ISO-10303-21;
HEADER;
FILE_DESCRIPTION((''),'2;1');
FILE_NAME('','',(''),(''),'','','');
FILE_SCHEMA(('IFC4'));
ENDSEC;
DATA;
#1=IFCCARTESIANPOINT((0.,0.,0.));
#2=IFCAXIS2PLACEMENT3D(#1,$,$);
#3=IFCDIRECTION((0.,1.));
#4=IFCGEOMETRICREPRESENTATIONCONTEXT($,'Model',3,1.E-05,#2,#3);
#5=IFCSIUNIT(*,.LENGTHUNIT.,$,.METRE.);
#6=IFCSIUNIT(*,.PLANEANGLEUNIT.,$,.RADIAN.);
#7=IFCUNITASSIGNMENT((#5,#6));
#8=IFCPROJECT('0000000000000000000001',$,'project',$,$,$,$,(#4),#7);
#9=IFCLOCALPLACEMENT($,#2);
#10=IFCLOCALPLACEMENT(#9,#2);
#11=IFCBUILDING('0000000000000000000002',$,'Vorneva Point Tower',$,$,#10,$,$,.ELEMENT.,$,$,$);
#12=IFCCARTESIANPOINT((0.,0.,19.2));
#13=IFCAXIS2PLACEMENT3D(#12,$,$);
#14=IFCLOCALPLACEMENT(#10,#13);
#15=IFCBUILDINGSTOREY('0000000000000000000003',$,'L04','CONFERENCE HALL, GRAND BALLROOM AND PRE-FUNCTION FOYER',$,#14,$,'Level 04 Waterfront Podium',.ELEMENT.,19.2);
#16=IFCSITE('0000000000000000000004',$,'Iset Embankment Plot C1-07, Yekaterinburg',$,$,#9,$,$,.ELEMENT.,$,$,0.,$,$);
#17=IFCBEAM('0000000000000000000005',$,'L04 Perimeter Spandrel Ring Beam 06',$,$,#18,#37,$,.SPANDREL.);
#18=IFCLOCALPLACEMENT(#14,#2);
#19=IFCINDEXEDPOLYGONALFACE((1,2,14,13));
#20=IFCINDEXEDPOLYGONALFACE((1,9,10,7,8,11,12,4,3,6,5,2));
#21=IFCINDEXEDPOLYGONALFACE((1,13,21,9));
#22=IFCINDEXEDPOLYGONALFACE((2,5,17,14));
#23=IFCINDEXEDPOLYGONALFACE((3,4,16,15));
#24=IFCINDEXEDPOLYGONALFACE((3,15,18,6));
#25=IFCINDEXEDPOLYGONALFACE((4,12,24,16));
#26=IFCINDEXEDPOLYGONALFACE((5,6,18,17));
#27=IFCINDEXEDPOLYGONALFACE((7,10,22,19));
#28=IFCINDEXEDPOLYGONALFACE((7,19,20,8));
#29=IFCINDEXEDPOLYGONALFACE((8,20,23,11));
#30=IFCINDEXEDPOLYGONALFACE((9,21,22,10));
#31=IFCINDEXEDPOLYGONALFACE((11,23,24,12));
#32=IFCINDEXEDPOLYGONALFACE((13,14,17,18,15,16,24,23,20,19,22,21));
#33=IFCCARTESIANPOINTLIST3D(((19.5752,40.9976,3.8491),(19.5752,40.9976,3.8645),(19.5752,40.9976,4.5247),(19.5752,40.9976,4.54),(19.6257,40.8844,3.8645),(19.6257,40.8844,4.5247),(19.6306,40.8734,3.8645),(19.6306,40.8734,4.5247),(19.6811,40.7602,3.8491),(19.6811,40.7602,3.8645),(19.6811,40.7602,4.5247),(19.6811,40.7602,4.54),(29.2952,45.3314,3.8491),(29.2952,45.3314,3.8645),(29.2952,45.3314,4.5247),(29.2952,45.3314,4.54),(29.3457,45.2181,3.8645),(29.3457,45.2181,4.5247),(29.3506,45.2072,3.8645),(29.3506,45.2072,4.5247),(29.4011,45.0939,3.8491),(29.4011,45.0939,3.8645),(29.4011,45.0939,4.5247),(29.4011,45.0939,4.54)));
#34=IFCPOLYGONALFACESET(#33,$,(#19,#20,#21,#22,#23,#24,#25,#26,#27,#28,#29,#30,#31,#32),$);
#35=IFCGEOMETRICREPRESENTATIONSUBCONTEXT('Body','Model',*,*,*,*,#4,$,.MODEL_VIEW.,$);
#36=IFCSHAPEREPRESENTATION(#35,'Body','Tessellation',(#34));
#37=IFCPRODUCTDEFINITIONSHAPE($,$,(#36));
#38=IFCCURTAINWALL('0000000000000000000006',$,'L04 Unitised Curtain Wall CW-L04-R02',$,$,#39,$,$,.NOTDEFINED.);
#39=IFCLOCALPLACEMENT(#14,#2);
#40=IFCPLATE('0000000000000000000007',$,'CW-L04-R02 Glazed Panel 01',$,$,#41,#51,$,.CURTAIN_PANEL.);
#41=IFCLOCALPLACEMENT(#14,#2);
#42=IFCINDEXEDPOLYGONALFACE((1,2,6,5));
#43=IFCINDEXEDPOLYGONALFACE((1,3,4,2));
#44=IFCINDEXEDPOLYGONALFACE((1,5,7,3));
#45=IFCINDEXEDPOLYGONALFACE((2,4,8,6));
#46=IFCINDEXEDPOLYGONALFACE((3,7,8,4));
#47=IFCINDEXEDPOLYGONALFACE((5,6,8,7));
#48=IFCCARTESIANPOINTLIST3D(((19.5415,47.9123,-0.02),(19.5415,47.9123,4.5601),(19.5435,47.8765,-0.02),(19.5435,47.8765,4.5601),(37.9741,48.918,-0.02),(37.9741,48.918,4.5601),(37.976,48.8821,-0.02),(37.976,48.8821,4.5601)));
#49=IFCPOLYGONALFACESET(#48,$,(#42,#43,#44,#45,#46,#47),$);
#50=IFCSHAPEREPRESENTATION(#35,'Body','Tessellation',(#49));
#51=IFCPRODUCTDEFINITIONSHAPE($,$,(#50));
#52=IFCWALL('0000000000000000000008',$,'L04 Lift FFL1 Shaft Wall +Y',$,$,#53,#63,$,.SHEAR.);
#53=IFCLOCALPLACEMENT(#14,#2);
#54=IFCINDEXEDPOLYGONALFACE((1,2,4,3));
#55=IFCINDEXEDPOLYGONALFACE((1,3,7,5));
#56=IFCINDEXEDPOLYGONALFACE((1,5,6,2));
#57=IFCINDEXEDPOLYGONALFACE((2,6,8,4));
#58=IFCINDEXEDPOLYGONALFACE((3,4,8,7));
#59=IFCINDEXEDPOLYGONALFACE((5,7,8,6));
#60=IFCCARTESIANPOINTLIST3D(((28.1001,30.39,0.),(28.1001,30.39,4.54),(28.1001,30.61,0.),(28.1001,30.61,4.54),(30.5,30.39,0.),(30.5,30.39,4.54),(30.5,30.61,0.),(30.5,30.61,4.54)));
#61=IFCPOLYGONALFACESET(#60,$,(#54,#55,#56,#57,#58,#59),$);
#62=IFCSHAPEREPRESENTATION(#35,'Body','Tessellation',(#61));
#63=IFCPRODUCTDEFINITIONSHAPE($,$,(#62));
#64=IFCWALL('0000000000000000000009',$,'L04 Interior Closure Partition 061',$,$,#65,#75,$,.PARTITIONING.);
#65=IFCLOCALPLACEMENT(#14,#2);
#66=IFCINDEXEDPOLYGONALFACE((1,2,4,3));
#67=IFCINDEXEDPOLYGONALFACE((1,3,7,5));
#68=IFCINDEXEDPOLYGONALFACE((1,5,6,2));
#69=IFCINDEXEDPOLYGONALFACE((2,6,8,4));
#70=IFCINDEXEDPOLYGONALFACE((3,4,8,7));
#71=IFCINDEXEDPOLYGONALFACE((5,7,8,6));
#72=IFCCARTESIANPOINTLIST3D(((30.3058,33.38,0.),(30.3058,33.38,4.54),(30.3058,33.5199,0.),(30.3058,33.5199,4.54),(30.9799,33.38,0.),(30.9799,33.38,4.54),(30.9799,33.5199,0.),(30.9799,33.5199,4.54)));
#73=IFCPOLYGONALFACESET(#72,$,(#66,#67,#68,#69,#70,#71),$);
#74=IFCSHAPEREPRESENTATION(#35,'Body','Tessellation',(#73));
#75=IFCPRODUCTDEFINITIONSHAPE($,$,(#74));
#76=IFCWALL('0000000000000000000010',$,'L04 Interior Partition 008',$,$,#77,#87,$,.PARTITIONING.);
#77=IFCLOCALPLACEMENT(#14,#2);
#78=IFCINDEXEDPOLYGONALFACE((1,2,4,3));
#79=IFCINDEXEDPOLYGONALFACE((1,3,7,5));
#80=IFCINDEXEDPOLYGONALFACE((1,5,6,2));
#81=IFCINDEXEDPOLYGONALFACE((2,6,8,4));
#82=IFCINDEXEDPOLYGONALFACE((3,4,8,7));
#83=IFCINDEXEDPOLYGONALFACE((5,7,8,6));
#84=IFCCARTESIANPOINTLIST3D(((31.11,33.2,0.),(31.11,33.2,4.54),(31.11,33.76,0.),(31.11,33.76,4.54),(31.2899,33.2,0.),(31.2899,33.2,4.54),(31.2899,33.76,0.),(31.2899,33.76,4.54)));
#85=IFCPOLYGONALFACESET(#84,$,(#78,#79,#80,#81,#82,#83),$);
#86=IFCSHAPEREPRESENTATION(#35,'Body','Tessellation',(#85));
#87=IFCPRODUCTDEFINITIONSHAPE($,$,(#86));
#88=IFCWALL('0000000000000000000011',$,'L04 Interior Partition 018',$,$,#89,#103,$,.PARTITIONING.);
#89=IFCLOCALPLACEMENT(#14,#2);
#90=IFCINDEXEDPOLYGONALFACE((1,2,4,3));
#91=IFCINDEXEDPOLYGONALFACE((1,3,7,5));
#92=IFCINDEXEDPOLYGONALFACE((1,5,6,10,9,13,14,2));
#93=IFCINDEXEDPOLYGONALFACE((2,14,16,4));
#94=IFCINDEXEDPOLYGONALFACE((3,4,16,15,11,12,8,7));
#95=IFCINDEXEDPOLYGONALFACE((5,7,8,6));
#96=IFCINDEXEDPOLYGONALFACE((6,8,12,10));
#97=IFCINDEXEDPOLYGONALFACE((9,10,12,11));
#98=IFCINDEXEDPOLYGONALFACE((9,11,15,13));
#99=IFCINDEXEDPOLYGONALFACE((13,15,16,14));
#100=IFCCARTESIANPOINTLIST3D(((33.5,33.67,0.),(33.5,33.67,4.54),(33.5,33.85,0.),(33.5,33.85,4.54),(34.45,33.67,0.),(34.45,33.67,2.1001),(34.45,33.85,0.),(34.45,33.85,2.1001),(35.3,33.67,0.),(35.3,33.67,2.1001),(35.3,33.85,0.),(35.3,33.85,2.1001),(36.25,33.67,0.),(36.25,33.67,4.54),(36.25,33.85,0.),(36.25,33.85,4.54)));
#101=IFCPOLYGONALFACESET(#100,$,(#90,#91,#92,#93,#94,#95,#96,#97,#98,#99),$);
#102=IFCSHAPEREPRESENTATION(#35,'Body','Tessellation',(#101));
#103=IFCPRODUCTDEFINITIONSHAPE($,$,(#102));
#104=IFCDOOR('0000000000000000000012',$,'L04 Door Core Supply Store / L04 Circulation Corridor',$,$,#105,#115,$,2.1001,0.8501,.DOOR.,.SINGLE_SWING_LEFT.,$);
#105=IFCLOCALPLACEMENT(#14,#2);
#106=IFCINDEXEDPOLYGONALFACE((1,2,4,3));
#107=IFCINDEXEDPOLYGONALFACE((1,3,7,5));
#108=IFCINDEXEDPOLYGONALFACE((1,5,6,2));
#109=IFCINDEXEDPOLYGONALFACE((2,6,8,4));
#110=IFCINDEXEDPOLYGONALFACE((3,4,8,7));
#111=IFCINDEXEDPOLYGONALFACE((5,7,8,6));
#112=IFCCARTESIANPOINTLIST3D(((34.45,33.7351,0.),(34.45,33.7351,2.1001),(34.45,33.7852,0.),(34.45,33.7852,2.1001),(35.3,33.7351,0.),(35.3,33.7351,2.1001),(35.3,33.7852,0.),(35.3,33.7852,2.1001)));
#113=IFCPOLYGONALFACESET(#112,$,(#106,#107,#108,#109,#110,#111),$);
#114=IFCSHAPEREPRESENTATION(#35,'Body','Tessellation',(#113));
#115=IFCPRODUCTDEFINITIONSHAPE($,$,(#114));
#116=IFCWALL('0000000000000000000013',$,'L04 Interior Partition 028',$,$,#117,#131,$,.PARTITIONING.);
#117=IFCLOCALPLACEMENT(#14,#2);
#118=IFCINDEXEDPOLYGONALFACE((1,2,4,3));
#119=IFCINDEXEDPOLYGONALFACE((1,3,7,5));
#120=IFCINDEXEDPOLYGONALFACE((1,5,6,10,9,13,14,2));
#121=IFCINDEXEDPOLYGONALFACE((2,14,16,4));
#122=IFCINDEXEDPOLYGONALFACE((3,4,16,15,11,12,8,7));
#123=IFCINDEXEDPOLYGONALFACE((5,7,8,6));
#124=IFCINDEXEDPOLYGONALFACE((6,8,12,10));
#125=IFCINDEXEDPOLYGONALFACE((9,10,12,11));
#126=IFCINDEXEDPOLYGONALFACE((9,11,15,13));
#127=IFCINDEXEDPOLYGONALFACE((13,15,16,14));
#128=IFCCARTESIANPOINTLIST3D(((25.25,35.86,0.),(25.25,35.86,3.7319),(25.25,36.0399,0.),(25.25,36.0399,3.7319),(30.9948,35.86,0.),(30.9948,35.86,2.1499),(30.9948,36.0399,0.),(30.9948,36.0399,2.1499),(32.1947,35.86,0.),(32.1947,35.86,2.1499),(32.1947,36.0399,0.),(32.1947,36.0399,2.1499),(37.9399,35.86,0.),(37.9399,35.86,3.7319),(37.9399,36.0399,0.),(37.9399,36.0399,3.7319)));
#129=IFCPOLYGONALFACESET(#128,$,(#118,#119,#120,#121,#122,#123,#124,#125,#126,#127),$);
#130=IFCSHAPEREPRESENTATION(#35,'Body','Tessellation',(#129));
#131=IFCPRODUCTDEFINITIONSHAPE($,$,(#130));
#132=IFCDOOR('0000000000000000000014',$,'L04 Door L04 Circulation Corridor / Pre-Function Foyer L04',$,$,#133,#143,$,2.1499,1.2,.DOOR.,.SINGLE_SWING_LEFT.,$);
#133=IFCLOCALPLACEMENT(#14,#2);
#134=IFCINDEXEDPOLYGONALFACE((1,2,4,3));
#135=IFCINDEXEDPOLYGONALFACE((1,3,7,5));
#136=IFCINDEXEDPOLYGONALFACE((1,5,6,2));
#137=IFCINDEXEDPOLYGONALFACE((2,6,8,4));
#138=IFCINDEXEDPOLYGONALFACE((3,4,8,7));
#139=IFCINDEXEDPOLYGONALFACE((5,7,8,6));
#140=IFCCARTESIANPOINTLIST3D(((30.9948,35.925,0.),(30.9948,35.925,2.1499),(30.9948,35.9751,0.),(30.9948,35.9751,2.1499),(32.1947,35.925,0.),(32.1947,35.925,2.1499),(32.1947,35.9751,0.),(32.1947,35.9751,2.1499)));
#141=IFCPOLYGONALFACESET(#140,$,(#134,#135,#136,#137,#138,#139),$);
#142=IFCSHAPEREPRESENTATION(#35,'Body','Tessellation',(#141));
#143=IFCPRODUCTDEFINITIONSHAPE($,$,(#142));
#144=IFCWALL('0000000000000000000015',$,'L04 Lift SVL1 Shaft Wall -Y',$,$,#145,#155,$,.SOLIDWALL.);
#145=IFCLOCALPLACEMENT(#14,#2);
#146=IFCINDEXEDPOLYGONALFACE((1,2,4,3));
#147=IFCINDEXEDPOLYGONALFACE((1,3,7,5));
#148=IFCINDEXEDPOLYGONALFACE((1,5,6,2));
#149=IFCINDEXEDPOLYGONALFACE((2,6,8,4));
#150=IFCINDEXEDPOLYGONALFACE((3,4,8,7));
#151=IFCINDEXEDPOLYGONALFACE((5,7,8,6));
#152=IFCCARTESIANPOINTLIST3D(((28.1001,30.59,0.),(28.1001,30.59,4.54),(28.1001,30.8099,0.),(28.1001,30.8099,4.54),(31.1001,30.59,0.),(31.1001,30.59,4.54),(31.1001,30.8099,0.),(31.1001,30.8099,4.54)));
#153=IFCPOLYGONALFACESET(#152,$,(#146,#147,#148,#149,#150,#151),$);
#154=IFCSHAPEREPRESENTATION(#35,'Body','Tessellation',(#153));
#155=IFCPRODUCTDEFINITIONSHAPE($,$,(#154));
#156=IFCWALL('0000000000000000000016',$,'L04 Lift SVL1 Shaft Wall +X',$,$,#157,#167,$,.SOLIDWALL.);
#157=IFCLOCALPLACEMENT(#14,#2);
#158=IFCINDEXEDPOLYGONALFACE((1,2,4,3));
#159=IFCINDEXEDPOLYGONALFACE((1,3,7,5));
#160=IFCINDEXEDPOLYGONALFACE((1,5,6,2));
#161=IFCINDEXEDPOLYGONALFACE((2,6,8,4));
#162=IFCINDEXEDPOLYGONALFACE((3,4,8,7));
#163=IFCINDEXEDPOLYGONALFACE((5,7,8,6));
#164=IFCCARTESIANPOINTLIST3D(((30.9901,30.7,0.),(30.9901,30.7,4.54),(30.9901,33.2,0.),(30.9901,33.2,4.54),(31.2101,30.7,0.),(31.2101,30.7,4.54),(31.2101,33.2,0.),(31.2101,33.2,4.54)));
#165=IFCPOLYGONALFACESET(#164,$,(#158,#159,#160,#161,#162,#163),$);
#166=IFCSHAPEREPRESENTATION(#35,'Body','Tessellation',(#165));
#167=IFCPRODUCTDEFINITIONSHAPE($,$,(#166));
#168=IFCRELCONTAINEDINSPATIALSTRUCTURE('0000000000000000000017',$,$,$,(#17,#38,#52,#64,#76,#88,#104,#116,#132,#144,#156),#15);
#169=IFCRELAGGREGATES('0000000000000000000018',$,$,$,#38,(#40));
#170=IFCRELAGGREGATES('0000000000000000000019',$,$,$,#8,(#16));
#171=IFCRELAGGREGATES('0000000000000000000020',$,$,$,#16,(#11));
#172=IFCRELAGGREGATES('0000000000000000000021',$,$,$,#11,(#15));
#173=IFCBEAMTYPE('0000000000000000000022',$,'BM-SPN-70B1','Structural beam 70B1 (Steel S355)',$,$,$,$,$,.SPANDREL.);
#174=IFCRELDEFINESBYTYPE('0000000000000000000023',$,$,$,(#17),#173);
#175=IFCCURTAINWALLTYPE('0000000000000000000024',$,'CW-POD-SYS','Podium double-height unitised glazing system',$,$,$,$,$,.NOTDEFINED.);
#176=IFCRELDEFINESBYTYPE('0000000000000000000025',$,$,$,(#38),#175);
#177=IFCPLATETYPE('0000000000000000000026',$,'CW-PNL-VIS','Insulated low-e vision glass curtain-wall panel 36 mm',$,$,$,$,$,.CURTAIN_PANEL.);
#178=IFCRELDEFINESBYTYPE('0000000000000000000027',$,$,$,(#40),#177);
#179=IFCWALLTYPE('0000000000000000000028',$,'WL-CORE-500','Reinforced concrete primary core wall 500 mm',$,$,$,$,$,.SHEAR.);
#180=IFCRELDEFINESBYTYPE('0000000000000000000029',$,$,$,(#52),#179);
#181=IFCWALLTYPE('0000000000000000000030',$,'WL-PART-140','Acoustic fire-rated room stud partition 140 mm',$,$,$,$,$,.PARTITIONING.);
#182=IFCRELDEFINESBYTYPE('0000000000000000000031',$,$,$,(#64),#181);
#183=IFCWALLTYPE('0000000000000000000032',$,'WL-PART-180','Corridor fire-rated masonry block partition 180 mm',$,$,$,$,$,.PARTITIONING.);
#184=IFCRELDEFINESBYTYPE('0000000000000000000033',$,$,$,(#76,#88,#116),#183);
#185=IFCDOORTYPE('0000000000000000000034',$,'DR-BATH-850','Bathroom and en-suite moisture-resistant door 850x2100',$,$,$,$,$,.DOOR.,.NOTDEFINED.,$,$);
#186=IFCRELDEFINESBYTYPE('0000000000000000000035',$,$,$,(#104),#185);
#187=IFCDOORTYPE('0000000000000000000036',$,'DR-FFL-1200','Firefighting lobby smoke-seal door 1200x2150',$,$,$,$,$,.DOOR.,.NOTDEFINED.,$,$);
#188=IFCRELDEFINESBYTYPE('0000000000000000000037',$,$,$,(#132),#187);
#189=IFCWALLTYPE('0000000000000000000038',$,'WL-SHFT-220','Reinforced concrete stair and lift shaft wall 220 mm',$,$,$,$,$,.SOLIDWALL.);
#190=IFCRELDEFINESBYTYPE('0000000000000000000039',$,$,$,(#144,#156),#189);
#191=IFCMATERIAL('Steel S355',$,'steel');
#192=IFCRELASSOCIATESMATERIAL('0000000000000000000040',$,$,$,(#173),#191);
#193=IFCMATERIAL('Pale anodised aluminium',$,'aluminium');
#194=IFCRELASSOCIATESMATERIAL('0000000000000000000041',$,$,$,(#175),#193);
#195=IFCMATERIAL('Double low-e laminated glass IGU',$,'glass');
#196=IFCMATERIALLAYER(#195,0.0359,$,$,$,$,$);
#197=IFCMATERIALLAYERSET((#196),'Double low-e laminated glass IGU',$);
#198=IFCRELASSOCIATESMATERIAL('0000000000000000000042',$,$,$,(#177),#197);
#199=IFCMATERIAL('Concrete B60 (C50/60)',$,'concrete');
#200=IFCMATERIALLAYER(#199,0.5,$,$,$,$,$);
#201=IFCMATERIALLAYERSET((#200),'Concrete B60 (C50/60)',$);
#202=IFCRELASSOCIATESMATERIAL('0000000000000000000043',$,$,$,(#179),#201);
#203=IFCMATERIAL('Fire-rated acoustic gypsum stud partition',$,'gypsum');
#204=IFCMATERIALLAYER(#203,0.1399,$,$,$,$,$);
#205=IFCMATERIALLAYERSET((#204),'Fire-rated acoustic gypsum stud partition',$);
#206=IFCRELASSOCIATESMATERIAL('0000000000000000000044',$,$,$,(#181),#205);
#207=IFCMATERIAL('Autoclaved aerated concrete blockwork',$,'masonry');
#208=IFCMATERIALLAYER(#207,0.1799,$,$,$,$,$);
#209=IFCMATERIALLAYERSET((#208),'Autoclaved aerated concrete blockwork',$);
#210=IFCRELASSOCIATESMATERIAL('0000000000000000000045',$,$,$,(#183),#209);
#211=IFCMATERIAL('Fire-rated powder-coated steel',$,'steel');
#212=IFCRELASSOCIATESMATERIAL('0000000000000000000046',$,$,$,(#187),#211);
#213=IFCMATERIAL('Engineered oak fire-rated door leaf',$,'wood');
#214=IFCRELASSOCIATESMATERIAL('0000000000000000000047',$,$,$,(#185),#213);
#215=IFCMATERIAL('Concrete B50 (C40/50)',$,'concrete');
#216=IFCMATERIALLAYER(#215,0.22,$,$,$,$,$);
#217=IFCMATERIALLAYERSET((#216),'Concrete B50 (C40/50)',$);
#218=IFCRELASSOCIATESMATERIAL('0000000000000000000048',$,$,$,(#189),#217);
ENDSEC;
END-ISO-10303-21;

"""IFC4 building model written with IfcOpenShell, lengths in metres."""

from ifc_helpers import new_model, si_unit, direction, frame, frame_2d, origin, origin_2d, place, context, subcontext, project, spatial, rectangle, i_section, extrude, material, layer, layer_set, material_profile, profile_set, type_object, element, fill, aggregate, save


model = new_model("IFC4")

# Units and contexts
model_context = context("Model", 3, precision=1e-05, world=origin(), true_north=direction((0.0, 1.0)))
body_context = subcontext(model_context, "Body", "Model", "MODEL_VIEW")
ifc_project = project(units=[si_unit("LENGTHUNIT", "METRE"), si_unit("PLANEANGLEUNIT", "RADIAN")], contexts=[model_context])

# Site, building, storey
site_placement = place(None, origin())
site = spatial("IfcSite", under=ifc_project, at=site_placement, Name="Iset Embankment Plot C1-07, Yekaterinburg", CompositionType="ELEMENT", RefElevation=0.0)
building_placement = place(site_placement, origin())
building = spatial("IfcBuilding", under=site, at=building_placement, Name="Vorneva Point Tower", CompositionType="ELEMENT")
storey_placement = place(building_placement, frame((0.0, 0.0, 19.2)))
storey = spatial("IfcBuildingStorey", under=building, at=storey_placement, Name="L04", Description="CONFERENCE HALL, GRAND BALLROOM AND PRE-FUNCTION FOYER", LongName="Level 04 Waterfront Podium", CompositionType="ELEMENT", Elevation=19.2)

# Shared definitions
ifc_material_1 = material(Name="Concrete B60 (C50/60)", Category="concrete")

# Beam
ifc_material_2 = material(Name="Steel S355", Category="steel")
ifc_material_profile_1 = material_profile(ifc_material_2, i_section(OverallWidth=0.26, OverallDepth=0.6909, WebThickness=0.012, FlangeThickness=0.0154, at=origin_2d()), Name="70B1")
ifc_profile_set_1 = profile_set([ifc_material_profile_1], Name="Steel S355")
beam_type_1 = type_object("IfcBeamType", Name="BM-SPN-70B1", Description="Structural beam 70B1 (Steel S355)", PredefinedType="SPANDREL", material=ifc_profile_set_1)
beam_1_placement = place(storey_placement, frame((29.3481, 45.2126, 4.1946), z_axis=(-0.913331, -0.407217, 0.0), x_axis=(0.407217, -0.913331, 0.0)))
element("IfcBeam", 1, at=beam_1_placement, inside=storey, type_object=beam_type_1, Name="L04 Perimeter Spandrel Ring Beam 06", PredefinedType="SPANDREL", context=body_context, shape_type="SweptSolid", body=[
    extrude(i_section(OverallWidth=0.26, OverallDepth=0.6909, WebThickness=0.012, FlangeThickness=0.0154, at=origin_2d()), origin(), (0.0, 0.0, 1.0), 10.6423),
])

# Curtain wall, plate
ifc_material_3 = material(Name="Pale anodised aluminium", Category="aluminium")
curtain_wall_type = type_object("IfcCurtainWallType", Name="CW-POD-SYS", Description="Podium double-height unitised glazing system", PredefinedType="NOTDEFINED", material=ifc_material_3)
curtain_wall_placement = place(storey_placement, origin())
curtain_wall = element("IfcCurtainWall", 2, at=curtain_wall_placement, inside=storey, type_object=curtain_wall_type, Name="L04 Unitised Curtain Wall CW-L04-R02", PredefinedType="NOTDEFINED")
ifc_material_4 = material(Name="Double low-e laminated glass IGU", Category="glass")
ifc_layer_1 = layer(ifc_material_4, 0.0359)
ifc_layer_set_1 = layer_set([ifc_layer_1], Name="Double low-e laminated glass IGU")
plate_type = type_object("IfcPlateType", Name="CW-PNL-VIS", Description="Insulated low-e vision glass curtain-wall panel 36 mm", PredefinedType="CURTAIN_PANEL", material=ifc_layer_set_1)
plate_placement = place(storey_placement, frame((28.7588, 48.3972, -0.02), z_axis=(0.0, 0.0, 1.0), x_axis=(-0.998515, -0.05448, 0.0)))
plate = element("IfcPlate", 3, at=plate_placement, type_object=plate_type, Name="CW-L04-R02 Glazed Panel 01", PredefinedType="CURTAIN_PANEL", context=body_context, shape_type="SweptSolid", body=[
    extrude(rectangle(XDim=18.46, YDim=0.0359, at=origin_2d()), origin(), (0.0, 0.0, 1.0), 4.5801),
])
aggregate(curtain_wall, [plate])

# Walls
ifc_layer_2 = layer(ifc_material_1, 0.5)
ifc_layer_set_2 = layer_set([ifc_layer_2], Name="Concrete B60 (C50/60)")
wall_type_1 = type_object("IfcWallType", Name="WL-CORE-500", Description="Reinforced concrete primary core wall 500 mm", PredefinedType="SHEAR", material=ifc_layer_set_2)
wall_1_placement = place(storey_placement, frame((30.5, 30.5, 0.0), z_axis=(0.0, 0.0, 1.0), x_axis=(-1.0, 0.0, 0.0)))
element("IfcWall", 4, at=wall_1_placement, inside=storey, type_object=wall_type_1, Name="L04 Lift FFL1 Shaft Wall +Y", PredefinedType="SHEAR", context=body_context, shape_type="SweptSolid", body=[
    extrude(rectangle(XDim=2.3999, YDim=0.22, at=frame_2d((1.2, 0.0))), origin(), (0.0, 0.0, 1.0), 4.54),
])
ifc_material_5 = material(Name="Fire-rated acoustic gypsum stud partition", Category="gypsum")
ifc_layer_3 = layer(ifc_material_5, 0.1399)
ifc_layer_set_3 = layer_set([ifc_layer_3], Name="Fire-rated acoustic gypsum stud partition")
wall_type_2 = type_object("IfcWallType", Name="WL-PART-140", Description="Acoustic fire-rated room stud partition 140 mm", PredefinedType="PARTITIONING", material=ifc_layer_set_3)
wall_2_placement = place(storey_placement, frame((30.3059, 33.45, 0.0), z_axis=(0.0, 0.0, 1.0), x_axis=(1.0, 0.0, 0.0)))
element("IfcWall", 5, at=wall_2_placement, inside=storey, type_object=wall_type_2, Name="L04 Interior Closure Partition 061", PredefinedType="PARTITIONING", context=body_context, shape_type="SweptSolid", body=[
    extrude(rectangle(XDim=0.6741, YDim=0.1399, at=frame_2d((0.3369, 0.0))), origin(), (0.0, 0.0, 1.0), 4.54),
])

# Shared definitions
ifc_material_6 = material(Name="Autoclaved aerated concrete blockwork", Category="masonry")
ifc_layer_4 = layer(ifc_material_6, 0.1799)
ifc_layer_set_4 = layer_set([ifc_layer_4], Name="Autoclaved aerated concrete blockwork")
wall_type_3 = type_object("IfcWallType", Name="WL-PART-180", Description="Corridor fire-rated masonry block partition 180 mm", PredefinedType="PARTITIONING", material=ifc_layer_set_4)
ifc_material_7 = material(Name="Fire-rated powder-coated steel", Category="steel")
door_type_1 = type_object("IfcDoorType", Name="DR-FFL-1200", Description="Firefighting lobby smoke-seal door 1200x2150", OperationType="NOTDEFINED", PredefinedType="DOOR", material=ifc_material_7)

# Wall
wall_3_placement = place(storey_placement, frame((31.2, 33.76, 0.0), z_axis=(0.0, 0.0, 1.0), x_axis=(0.0, -1.0, 0.0)))
element("IfcWall", 6, at=wall_3_placement, inside=storey, type_object=wall_type_3, Name="L04 Interior Partition 008", PredefinedType="PARTITIONING", context=body_context, shape_type="SweptSolid", body=[
    extrude(rectangle(XDim=0.5601, YDim=0.1799, at=frame_2d((0.28, 0.0))), origin(), (0.0, 0.0, 1.0), 4.54),
])

# Walls, openings, doors
wall_4_placement = place(storey_placement, frame((36.25, 33.76, 0.0), z_axis=(0.0, 0.0, 1.0), x_axis=(-1.0, 0.0, 0.0)))
wall_4 = element("IfcWall", 7, at=wall_4_placement, inside=storey, type_object=wall_type_3, Name="L04 Interior Partition 018", PredefinedType="PARTITIONING", context=body_context, shape_type="SweptSolid", body=[
    extrude(rectangle(XDim=2.75, YDim=0.1799, at=frame_2d((1.375, 0.0))), origin(), (0.0, 0.0, 1.0), 4.54),
])
opening_1_placement = place(wall_4_placement, frame((0.95, 0.0, 0.0)))
opening_1 = element("IfcOpeningElement", 8, at=opening_1_placement, cuts=wall_4, PredefinedType="OPENING", context=body_context, shape_type="SweptSolid", body=[
    extrude(rectangle(XDim=0.8501, YDim=2.1001, at=frame_2d((0.425, 1.05))), frame((0.0, 0.105, 0.0), z_axis=(0.0, -1.0, 0.0), x_axis=(1.0, 0.0, 0.0)), (0.0, 0.0, 1.0), 0.2097),
])
ifc_material_8 = material(Name="Engineered oak fire-rated door leaf", Category="wood")
door_type_2 = type_object("IfcDoorType", Name="DR-BATH-850", Description="Bathroom and en-suite moisture-resistant door 850x2100", OperationType="NOTDEFINED", PredefinedType="DOOR", material=ifc_material_8)
door_1_placement = place(opening_1_placement, origin())
door_1 = element("IfcDoor", 9, at=door_1_placement, inside=storey, type_object=door_type_2, Name="L04 Door Core Supply Store / L04 Circulation Corridor", OperationType="SINGLE_SWING_LEFT", OverallHeight=2.1001, OverallWidth=0.8501, PredefinedType="DOOR", context=body_context, shape_type="SweptSolid", body=[
    extrude(rectangle(XDim=0.8501, YDim=2.1001, at=frame_2d((0.425, 1.05))), frame((0.0, 0.0249, 0.0), z_axis=(0.0, -1.0, 0.0), x_axis=(1.0, 0.0, 0.0)), (0.0, 0.0, 1.0), 0.05),
])
fill(opening_1, door_1)
wall_5_placement = place(storey_placement, frame((37.9399, 35.95, 0.0), z_axis=(0.0, 0.0, 1.0), x_axis=(-1.0, 0.0, 0.0)))
wall_5 = element("IfcWall", 10, at=wall_5_placement, inside=storey, type_object=wall_type_3, Name="L04 Interior Partition 028", PredefinedType="PARTITIONING", context=body_context, shape_type="SweptSolid", body=[
    extrude(rectangle(XDim=12.6899, YDim=0.1799, at=frame_2d((6.345, 0.0))), origin(), (0.0, 0.0, 1.0), 3.7319),
])
opening_2_placement = place(wall_5_placement, frame((5.7451, 0.0, 0.0)))
opening_2 = element("IfcOpeningElement", 11, at=opening_2_placement, cuts=wall_5, PredefinedType="OPENING", context=body_context, shape_type="SweptSolid", body=[
    extrude(rectangle(XDim=1.2, YDim=2.1499, at=frame_2d((0.6001, 1.075))), frame((0.0, 0.105, 0.0), z_axis=(0.0, -1.0, 0.0), x_axis=(1.0, 0.0, 0.0)), (0.0, 0.0, 1.0), 0.2097),
])
door_2_placement = place(opening_2_placement, origin())
door_2 = element("IfcDoor", 12, at=door_2_placement, inside=storey, type_object=door_type_1, Name="L04 Door L04 Circulation Corridor / Pre-Function Foyer L04", OperationType="SINGLE_SWING_LEFT", OverallHeight=2.1499, OverallWidth=1.2, PredefinedType="DOOR", context=body_context, shape_type="SweptSolid", body=[
    extrude(rectangle(XDim=1.2, YDim=2.1499, at=frame_2d((0.6001, 1.075))), frame((0.0, 0.0249, 0.0), z_axis=(0.0, -1.0, 0.0), x_axis=(1.0, 0.0, 0.0)), (0.0, 0.0, 1.0), 0.05),
])
fill(opening_2, door_2)

# Walls
ifc_material_9 = material(Name="Concrete B50 (C40/50)", Category="concrete")
ifc_layer_5 = layer(ifc_material_9, 0.22)
ifc_layer_set_5 = layer_set([ifc_layer_5], Name="Concrete B50 (C40/50)")
wall_type_4 = type_object("IfcWallType", Name="WL-SHFT-220", Description="Reinforced concrete stair and lift shaft wall 220 mm", PredefinedType="SOLIDWALL", material=ifc_layer_set_5)
wall_6_placement = place(storey_placement, frame((28.1001, 30.7, 0.0), z_axis=(0.0, 0.0, 1.0), x_axis=(1.0, 0.0, 0.0)))
element("IfcWall", 13, at=wall_6_placement, inside=storey, type_object=wall_type_4, Name="L04 Lift SVL1 Shaft Wall -Y", PredefinedType="SOLIDWALL", context=body_context, shape_type="SweptSolid", body=[
    extrude(rectangle(XDim=3.0, YDim=0.22, at=frame_2d((1.5, 0.0))), origin(), (0.0, 0.0, 1.0), 4.54),
])
wall_7_placement = place(storey_placement, frame((31.1001, 30.7, 0.0), z_axis=(0.0, 0.0, 1.0), x_axis=(0.0, 1.0, 0.0)))
element("IfcWall", 14, at=wall_7_placement, inside=storey, type_object=wall_type_4, Name="L04 Lift SVL1 Shaft Wall +X", PredefinedType="SOLIDWALL", context=body_context, shape_type="SweptSolid", body=[
    extrude(rectangle(XDim=2.5, YDim=0.22, at=frame_2d((1.25, 0.0))), origin(), (0.0, 0.0, 1.0), 4.54),
])

save(model, "model.ifc")
